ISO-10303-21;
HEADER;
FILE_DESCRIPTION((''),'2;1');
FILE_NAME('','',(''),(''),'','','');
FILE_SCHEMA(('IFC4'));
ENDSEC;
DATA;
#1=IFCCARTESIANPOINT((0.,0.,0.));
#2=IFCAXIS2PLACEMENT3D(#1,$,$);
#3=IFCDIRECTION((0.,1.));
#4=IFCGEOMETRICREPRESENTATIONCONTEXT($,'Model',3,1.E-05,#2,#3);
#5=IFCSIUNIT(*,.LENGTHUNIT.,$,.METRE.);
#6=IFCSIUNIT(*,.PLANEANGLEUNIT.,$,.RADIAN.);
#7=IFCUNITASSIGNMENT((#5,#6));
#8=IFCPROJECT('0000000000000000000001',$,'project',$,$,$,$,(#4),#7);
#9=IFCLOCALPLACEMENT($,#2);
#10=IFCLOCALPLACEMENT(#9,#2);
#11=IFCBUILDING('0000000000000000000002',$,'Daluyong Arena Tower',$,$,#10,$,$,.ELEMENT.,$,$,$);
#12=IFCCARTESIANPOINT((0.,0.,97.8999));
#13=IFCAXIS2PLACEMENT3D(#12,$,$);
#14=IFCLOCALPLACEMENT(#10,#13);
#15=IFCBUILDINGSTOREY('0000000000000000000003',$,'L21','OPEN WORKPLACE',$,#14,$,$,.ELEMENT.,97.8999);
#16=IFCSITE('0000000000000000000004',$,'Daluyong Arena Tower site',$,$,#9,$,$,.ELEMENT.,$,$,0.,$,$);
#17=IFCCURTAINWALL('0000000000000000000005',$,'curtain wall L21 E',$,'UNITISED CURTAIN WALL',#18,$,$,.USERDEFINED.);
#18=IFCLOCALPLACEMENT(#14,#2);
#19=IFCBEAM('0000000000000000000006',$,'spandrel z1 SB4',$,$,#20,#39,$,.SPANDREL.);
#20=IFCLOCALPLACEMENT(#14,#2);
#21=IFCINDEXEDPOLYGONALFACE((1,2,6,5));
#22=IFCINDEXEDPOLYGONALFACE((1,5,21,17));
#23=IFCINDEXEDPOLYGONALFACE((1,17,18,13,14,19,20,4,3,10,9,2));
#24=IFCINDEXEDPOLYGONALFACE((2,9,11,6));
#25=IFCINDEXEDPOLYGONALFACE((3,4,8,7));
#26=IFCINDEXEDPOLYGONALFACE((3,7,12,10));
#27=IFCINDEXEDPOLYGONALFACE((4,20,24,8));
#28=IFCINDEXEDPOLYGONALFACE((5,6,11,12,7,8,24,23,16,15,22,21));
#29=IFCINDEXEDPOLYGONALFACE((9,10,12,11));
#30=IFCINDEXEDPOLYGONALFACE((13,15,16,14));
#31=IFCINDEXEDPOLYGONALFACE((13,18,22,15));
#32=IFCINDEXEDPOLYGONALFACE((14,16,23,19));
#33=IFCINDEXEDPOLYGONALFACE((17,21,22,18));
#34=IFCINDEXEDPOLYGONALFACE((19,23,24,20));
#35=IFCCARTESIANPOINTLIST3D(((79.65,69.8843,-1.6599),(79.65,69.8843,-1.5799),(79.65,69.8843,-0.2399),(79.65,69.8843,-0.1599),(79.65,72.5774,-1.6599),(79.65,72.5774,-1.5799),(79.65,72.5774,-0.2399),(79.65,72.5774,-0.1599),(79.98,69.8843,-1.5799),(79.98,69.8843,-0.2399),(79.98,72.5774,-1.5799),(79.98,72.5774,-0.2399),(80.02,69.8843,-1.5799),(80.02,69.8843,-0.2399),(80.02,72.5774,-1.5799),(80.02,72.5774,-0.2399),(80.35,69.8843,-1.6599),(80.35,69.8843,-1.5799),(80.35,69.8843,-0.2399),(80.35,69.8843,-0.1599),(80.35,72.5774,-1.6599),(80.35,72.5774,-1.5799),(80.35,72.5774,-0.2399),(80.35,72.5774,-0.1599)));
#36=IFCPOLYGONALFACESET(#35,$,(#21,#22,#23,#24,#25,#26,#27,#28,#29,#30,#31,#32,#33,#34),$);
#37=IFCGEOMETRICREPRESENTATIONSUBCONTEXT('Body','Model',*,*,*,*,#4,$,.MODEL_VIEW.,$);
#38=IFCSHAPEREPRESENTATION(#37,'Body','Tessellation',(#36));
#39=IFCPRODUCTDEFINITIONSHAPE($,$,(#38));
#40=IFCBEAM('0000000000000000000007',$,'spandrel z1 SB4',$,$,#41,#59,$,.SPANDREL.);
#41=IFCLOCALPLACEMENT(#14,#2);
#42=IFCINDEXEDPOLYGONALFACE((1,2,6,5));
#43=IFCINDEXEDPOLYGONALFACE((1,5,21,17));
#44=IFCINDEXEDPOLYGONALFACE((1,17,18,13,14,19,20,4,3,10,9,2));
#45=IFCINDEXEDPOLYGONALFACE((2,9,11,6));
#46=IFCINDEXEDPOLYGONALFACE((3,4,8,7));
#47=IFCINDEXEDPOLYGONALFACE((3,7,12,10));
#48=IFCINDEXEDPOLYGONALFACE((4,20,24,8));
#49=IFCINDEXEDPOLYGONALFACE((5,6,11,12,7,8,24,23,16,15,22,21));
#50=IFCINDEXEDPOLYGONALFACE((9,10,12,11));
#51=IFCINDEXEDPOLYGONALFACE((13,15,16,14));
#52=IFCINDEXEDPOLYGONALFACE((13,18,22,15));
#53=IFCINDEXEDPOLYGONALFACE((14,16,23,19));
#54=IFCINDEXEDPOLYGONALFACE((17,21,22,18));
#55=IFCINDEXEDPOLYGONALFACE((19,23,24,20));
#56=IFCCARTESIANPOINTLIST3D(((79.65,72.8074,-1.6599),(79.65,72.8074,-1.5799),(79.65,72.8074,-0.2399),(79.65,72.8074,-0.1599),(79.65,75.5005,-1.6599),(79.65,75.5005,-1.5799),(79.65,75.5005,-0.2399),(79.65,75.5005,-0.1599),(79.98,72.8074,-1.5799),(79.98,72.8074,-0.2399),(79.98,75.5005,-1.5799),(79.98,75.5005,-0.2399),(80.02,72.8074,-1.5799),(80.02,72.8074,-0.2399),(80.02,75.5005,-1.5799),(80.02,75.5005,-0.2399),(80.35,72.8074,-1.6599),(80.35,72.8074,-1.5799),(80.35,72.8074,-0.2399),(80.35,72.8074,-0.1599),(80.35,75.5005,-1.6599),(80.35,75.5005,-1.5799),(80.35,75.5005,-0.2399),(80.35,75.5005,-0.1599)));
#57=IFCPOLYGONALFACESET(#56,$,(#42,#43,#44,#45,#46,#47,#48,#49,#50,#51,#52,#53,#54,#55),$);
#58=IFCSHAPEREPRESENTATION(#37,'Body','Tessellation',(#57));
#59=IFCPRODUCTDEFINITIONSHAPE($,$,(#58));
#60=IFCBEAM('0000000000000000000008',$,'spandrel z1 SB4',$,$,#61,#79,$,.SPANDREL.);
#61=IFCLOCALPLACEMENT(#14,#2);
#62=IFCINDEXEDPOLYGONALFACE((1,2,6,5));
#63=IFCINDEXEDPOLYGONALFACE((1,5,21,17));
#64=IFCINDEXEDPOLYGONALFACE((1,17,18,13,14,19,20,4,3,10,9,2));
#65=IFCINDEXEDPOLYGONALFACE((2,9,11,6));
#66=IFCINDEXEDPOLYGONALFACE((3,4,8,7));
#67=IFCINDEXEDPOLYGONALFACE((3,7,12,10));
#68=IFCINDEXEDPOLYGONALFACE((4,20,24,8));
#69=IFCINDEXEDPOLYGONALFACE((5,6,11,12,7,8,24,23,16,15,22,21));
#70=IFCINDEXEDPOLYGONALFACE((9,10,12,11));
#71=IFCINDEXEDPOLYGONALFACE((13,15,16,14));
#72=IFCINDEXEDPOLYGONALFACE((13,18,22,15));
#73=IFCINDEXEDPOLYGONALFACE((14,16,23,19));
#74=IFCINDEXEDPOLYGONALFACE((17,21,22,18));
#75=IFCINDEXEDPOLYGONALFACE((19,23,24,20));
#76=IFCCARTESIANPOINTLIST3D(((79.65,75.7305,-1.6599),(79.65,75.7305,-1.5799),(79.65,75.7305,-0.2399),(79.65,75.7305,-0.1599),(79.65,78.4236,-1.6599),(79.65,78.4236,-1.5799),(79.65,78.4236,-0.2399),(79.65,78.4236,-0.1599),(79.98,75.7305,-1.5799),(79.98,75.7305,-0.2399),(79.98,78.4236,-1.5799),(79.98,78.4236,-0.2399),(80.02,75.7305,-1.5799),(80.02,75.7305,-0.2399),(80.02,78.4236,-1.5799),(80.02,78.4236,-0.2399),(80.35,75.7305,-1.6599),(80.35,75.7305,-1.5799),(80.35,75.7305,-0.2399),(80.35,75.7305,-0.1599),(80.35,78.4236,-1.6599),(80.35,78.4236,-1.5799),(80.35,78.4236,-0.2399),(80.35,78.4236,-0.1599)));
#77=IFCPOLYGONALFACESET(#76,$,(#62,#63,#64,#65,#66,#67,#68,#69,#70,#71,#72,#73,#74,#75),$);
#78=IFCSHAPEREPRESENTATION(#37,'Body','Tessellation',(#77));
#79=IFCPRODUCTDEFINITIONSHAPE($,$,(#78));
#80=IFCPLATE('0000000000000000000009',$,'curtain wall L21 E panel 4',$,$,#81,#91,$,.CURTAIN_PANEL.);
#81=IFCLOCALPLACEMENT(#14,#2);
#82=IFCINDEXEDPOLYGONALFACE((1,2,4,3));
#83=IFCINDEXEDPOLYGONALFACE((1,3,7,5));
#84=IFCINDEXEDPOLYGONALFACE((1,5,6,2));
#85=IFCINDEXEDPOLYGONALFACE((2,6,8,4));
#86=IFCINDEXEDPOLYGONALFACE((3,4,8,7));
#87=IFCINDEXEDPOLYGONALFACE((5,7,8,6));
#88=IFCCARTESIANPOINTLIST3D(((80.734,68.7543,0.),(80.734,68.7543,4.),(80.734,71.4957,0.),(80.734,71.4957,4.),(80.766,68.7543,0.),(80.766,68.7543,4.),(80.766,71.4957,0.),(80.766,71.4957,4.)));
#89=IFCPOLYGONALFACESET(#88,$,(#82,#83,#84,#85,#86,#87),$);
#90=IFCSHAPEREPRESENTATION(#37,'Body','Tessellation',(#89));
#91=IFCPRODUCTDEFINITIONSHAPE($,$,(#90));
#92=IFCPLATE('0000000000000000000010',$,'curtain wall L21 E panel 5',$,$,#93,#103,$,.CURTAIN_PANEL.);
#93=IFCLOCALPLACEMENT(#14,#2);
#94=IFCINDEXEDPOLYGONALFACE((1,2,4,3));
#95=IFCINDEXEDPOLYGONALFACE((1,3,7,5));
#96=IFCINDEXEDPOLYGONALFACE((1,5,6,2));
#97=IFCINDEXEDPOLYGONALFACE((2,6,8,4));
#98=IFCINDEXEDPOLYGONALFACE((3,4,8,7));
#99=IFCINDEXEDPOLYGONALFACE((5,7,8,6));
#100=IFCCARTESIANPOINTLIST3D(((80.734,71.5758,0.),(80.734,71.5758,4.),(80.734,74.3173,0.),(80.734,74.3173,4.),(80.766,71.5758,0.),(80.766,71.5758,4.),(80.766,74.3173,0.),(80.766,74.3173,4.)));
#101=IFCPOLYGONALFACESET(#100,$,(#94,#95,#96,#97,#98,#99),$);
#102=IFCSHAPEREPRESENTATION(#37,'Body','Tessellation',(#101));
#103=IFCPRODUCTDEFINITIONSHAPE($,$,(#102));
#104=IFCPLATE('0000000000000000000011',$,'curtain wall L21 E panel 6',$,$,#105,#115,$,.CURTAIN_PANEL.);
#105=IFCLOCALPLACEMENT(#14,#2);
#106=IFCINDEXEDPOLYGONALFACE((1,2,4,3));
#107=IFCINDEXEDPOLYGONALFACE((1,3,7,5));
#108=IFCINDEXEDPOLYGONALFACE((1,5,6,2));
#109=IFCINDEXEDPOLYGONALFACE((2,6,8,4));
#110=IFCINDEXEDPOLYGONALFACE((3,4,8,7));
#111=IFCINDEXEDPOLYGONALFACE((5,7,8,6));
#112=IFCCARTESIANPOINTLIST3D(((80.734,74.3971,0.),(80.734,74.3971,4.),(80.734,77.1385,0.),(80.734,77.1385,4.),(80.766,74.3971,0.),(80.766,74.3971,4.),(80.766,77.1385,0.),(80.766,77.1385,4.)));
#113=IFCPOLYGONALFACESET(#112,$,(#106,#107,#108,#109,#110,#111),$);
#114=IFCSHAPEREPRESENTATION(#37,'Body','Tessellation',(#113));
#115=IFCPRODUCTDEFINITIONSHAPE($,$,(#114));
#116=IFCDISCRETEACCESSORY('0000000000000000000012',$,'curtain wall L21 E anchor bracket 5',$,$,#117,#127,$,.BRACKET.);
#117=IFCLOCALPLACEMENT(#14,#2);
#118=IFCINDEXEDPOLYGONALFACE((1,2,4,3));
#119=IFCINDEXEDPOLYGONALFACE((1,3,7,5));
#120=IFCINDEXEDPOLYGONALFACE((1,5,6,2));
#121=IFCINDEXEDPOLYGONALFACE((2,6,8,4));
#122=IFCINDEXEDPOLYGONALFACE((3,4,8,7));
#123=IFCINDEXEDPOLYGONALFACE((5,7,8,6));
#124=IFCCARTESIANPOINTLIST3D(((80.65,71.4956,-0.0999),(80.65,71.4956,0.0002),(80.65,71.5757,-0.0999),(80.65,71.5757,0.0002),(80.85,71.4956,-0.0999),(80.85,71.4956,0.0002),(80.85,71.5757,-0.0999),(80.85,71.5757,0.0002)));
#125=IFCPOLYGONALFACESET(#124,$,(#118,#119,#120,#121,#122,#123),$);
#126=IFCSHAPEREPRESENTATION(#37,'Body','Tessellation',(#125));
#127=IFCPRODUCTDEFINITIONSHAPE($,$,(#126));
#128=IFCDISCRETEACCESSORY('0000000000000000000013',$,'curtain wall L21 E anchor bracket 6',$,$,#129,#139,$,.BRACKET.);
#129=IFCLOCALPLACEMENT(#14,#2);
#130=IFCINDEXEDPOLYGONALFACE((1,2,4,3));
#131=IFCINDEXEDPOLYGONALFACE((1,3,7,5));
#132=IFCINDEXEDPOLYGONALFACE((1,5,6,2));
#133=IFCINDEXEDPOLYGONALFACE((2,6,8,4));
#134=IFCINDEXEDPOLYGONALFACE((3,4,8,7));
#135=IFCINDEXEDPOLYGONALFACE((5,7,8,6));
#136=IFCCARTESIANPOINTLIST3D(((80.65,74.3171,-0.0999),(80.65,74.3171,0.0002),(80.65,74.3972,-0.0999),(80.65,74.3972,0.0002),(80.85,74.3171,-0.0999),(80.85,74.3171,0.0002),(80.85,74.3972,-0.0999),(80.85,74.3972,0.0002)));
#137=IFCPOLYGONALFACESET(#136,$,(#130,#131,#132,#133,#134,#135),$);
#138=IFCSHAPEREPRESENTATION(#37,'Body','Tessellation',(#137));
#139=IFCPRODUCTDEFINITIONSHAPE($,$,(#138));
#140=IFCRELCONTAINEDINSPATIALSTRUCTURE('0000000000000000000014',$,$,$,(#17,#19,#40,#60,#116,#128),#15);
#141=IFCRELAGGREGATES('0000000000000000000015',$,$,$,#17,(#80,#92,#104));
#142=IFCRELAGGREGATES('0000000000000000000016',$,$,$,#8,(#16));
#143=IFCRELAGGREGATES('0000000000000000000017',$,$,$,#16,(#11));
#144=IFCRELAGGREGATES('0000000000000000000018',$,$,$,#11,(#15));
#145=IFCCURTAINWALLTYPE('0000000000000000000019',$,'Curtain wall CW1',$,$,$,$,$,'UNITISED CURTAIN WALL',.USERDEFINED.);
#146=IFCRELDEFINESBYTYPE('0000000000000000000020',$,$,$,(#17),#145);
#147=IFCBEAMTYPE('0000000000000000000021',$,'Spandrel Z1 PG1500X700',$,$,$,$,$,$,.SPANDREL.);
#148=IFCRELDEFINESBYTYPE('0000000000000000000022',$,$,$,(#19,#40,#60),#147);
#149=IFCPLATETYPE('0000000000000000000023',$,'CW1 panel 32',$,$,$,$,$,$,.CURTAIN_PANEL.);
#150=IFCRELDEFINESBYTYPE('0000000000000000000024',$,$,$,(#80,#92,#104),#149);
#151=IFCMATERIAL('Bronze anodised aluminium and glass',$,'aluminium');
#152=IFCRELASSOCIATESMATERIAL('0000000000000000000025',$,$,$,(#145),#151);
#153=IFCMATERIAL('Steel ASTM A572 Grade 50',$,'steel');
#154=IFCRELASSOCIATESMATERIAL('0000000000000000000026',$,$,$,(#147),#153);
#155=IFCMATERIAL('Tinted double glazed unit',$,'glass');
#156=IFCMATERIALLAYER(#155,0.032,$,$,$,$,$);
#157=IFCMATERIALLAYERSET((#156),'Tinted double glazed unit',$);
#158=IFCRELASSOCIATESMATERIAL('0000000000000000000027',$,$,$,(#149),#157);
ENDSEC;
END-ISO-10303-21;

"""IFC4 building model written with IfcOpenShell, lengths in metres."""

from ifc_helpers import new_model, si_unit, direction, frame, origin, origin_2d, place, context, subcontext, project, spatial, rectangle, i_section, extrude, material, layer, layer_set, material_profile, profile_set, type_object, element, aggregate, save


model = new_model("IFC4")

# Units and contexts
model_context = context("Model", 3, precision=1e-05, world=origin(), true_north=direction((0.0, 1.0)))
body_context = subcontext(model_context, "Body", "Model", "MODEL_VIEW")
ifc_project = project(units=[si_unit("LENGTHUNIT", "METRE"), si_unit("PLANEANGLEUNIT", "RADIAN")], contexts=[model_context])

# Site, building, storey
site_placement = place(None, origin())
site = spatial("IfcSite", under=ifc_project, at=site_placement, Name="Daluyong Arena Tower site", CompositionType="ELEMENT", RefElevation=0.0)
building_placement = place(site_placement, origin())
building = spatial("IfcBuilding", under=site, at=building_placement, Name="Daluyong Arena Tower", CompositionType="ELEMENT")
storey_placement = place(building_placement, frame((0.0, 0.0, 97.8999)))
storey = spatial("IfcBuildingStorey", under=building, at=storey_placement, Name="L21", Description="OPEN WORKPLACE", CompositionType="ELEMENT", Elevation=97.8999)

# Curtain wall
ifc_material_1 = material(Name="Bronze anodised aluminium and glass", Category="aluminium")
curtain_wall_type = type_object("IfcCurtainWallType", Name="Curtain wall CW1", ElementType="UNITISED CURTAIN WALL", PredefinedType="USERDEFINED", material=ifc_material_1)
curtain_wall_placement = place(storey_placement, origin())
curtain_wall = element("IfcCurtainWall", 1, at=curtain_wall_placement, inside=storey, type_object=curtain_wall_type, Name="curtain wall L21 E", ObjectType="UNITISED CURTAIN WALL", PredefinedType="USERDEFINED")

# Beams
ifc_material_2 = material(Name="Steel ASTM A572 Grade 50", Category="steel")
ifc_material_profile_1 = material_profile(ifc_material_2, i_section(OverallWidth=0.7, OverallDepth=1.5, WebThickness=0.04, FlangeThickness=0.08, at=origin_2d()))
ifc_profile_set_1 = profile_set([ifc_material_profile_1], Name="Steel ASTM A572 Grade 50")
beam_type_1 = type_object("IfcBeamType", Name="Spandrel Z1 PG1500X700", PredefinedType="SPANDREL", material=ifc_profile_set_1)
for number, where, z_axis, x_axis, name in (
    (2, (80.0, 69.8843, -0.9099), (0.0, 1.0, 0.0), (-1.0, 0.0, 0.0), "spandrel z1 SB4"),
    (3, (80.0, 72.8074, -0.9099), (0.0, 1.0, 0.0), (-1.0, 0.0, 0.0), "spandrel z1 SB4"),
    (4, (80.0, 75.7305, -0.9099), (0.0, 1.0, 0.0), (-1.0, 0.0, 0.0), "spandrel z1 SB4"),
):
    element("IfcBeam", number, at=place(storey_placement, frame(where, z_axis=z_axis, x_axis=x_axis)), inside=storey, type_object=beam_type_1, Name=name, PredefinedType="SPANDREL", context=body_context, shape_type="SweptSolid", body=[
        extrude(i_section(OverallWidth=0.7, OverallDepth=1.5, WebThickness=0.04, FlangeThickness=0.08, at=origin_2d()), origin(), (0.0, 0.0, 1.0), 2.6931),
    ])

# Plates
ifc_material_3 = material(Name="Tinted double glazed unit", Category="glass")
ifc_layer = layer(ifc_material_3, 0.032)
ifc_layer_set = layer_set([ifc_layer], Name="Tinted double glazed unit")
plate_type = type_object("IfcPlateType", Name="CW1 panel 32", PredefinedType="CURTAIN_PANEL", material=ifc_layer_set)
plate_1_placement = place(storey_placement, frame((80.75, 70.125, 0.0), z_axis=(0.0, 0.0, 1.0), x_axis=(0.0, 1.0, 0.0)))
plate_1 = element("IfcPlate", 5, at=plate_1_placement, type_object=plate_type, Name="curtain wall L21 E panel 4", PredefinedType="CURTAIN_PANEL", context=body_context, shape_type="SweptSolid", body=[
    extrude(rectangle(XDim=2.7415, YDim=0.032, at=origin_2d()), origin(), (0.0, 0.0, 1.0), 4.0),
])
plate_2_placement = place(storey_placement, frame((80.75, 72.9465, 0.0), z_axis=(0.0, 0.0, 1.0), x_axis=(0.0, 1.0, 0.0)))
plate_2 = element("IfcPlate", 6, at=plate_2_placement, type_object=plate_type, Name="curtain wall L21 E panel 5", PredefinedType="CURTAIN_PANEL", context=body_context, shape_type="SweptSolid", body=[
    extrude(rectangle(XDim=2.7415, YDim=0.032, at=origin_2d()), origin(), (0.0, 0.0, 1.0), 4.0),
])
plate_3_placement = place(storey_placement, frame((80.75, 75.7678, 0.0), z_axis=(0.0, 0.0, 1.0), x_axis=(0.0, 1.0, 0.0)))
plate_3 = element("IfcPlate", 7, at=plate_3_placement, type_object=plate_type, Name="curtain wall L21 E panel 6", PredefinedType="CURTAIN_PANEL", context=body_context, shape_type="SweptSolid", body=[
    extrude(rectangle(XDim=2.7415, YDim=0.032, at=origin_2d()), origin(), (0.0, 0.0, 1.0), 4.0),
])
aggregate(curtain_wall, [plate_1, plate_2, plate_3])

# Discrete accessories
for number, where, z_axis, x_axis, name in (
    (8, (80.75, 71.5356, -0.0999), (0.0, 0.0, 1.0), (0.0, 1.0, 0.0), "curtain wall L21 E anchor bracket 5"),
    (9, (80.75, 74.3572, -0.0999), (0.0, 0.0, 1.0), (0.0, 1.0, 0.0), "curtain wall L21 E anchor bracket 6"),
):
    element("IfcDiscreteAccessory", number, at=place(storey_placement, frame(where, z_axis=z_axis, x_axis=x_axis)), inside=storey, Name=name, PredefinedType="BRACKET", context=body_context, shape_type="SweptSolid", body=[
        extrude(rectangle(XDim=0.0801, YDim=0.2, at=origin_2d()), origin(), (0.0, 0.0, 1.0), 0.1001),
    ])

save(model, "model.ifc")
